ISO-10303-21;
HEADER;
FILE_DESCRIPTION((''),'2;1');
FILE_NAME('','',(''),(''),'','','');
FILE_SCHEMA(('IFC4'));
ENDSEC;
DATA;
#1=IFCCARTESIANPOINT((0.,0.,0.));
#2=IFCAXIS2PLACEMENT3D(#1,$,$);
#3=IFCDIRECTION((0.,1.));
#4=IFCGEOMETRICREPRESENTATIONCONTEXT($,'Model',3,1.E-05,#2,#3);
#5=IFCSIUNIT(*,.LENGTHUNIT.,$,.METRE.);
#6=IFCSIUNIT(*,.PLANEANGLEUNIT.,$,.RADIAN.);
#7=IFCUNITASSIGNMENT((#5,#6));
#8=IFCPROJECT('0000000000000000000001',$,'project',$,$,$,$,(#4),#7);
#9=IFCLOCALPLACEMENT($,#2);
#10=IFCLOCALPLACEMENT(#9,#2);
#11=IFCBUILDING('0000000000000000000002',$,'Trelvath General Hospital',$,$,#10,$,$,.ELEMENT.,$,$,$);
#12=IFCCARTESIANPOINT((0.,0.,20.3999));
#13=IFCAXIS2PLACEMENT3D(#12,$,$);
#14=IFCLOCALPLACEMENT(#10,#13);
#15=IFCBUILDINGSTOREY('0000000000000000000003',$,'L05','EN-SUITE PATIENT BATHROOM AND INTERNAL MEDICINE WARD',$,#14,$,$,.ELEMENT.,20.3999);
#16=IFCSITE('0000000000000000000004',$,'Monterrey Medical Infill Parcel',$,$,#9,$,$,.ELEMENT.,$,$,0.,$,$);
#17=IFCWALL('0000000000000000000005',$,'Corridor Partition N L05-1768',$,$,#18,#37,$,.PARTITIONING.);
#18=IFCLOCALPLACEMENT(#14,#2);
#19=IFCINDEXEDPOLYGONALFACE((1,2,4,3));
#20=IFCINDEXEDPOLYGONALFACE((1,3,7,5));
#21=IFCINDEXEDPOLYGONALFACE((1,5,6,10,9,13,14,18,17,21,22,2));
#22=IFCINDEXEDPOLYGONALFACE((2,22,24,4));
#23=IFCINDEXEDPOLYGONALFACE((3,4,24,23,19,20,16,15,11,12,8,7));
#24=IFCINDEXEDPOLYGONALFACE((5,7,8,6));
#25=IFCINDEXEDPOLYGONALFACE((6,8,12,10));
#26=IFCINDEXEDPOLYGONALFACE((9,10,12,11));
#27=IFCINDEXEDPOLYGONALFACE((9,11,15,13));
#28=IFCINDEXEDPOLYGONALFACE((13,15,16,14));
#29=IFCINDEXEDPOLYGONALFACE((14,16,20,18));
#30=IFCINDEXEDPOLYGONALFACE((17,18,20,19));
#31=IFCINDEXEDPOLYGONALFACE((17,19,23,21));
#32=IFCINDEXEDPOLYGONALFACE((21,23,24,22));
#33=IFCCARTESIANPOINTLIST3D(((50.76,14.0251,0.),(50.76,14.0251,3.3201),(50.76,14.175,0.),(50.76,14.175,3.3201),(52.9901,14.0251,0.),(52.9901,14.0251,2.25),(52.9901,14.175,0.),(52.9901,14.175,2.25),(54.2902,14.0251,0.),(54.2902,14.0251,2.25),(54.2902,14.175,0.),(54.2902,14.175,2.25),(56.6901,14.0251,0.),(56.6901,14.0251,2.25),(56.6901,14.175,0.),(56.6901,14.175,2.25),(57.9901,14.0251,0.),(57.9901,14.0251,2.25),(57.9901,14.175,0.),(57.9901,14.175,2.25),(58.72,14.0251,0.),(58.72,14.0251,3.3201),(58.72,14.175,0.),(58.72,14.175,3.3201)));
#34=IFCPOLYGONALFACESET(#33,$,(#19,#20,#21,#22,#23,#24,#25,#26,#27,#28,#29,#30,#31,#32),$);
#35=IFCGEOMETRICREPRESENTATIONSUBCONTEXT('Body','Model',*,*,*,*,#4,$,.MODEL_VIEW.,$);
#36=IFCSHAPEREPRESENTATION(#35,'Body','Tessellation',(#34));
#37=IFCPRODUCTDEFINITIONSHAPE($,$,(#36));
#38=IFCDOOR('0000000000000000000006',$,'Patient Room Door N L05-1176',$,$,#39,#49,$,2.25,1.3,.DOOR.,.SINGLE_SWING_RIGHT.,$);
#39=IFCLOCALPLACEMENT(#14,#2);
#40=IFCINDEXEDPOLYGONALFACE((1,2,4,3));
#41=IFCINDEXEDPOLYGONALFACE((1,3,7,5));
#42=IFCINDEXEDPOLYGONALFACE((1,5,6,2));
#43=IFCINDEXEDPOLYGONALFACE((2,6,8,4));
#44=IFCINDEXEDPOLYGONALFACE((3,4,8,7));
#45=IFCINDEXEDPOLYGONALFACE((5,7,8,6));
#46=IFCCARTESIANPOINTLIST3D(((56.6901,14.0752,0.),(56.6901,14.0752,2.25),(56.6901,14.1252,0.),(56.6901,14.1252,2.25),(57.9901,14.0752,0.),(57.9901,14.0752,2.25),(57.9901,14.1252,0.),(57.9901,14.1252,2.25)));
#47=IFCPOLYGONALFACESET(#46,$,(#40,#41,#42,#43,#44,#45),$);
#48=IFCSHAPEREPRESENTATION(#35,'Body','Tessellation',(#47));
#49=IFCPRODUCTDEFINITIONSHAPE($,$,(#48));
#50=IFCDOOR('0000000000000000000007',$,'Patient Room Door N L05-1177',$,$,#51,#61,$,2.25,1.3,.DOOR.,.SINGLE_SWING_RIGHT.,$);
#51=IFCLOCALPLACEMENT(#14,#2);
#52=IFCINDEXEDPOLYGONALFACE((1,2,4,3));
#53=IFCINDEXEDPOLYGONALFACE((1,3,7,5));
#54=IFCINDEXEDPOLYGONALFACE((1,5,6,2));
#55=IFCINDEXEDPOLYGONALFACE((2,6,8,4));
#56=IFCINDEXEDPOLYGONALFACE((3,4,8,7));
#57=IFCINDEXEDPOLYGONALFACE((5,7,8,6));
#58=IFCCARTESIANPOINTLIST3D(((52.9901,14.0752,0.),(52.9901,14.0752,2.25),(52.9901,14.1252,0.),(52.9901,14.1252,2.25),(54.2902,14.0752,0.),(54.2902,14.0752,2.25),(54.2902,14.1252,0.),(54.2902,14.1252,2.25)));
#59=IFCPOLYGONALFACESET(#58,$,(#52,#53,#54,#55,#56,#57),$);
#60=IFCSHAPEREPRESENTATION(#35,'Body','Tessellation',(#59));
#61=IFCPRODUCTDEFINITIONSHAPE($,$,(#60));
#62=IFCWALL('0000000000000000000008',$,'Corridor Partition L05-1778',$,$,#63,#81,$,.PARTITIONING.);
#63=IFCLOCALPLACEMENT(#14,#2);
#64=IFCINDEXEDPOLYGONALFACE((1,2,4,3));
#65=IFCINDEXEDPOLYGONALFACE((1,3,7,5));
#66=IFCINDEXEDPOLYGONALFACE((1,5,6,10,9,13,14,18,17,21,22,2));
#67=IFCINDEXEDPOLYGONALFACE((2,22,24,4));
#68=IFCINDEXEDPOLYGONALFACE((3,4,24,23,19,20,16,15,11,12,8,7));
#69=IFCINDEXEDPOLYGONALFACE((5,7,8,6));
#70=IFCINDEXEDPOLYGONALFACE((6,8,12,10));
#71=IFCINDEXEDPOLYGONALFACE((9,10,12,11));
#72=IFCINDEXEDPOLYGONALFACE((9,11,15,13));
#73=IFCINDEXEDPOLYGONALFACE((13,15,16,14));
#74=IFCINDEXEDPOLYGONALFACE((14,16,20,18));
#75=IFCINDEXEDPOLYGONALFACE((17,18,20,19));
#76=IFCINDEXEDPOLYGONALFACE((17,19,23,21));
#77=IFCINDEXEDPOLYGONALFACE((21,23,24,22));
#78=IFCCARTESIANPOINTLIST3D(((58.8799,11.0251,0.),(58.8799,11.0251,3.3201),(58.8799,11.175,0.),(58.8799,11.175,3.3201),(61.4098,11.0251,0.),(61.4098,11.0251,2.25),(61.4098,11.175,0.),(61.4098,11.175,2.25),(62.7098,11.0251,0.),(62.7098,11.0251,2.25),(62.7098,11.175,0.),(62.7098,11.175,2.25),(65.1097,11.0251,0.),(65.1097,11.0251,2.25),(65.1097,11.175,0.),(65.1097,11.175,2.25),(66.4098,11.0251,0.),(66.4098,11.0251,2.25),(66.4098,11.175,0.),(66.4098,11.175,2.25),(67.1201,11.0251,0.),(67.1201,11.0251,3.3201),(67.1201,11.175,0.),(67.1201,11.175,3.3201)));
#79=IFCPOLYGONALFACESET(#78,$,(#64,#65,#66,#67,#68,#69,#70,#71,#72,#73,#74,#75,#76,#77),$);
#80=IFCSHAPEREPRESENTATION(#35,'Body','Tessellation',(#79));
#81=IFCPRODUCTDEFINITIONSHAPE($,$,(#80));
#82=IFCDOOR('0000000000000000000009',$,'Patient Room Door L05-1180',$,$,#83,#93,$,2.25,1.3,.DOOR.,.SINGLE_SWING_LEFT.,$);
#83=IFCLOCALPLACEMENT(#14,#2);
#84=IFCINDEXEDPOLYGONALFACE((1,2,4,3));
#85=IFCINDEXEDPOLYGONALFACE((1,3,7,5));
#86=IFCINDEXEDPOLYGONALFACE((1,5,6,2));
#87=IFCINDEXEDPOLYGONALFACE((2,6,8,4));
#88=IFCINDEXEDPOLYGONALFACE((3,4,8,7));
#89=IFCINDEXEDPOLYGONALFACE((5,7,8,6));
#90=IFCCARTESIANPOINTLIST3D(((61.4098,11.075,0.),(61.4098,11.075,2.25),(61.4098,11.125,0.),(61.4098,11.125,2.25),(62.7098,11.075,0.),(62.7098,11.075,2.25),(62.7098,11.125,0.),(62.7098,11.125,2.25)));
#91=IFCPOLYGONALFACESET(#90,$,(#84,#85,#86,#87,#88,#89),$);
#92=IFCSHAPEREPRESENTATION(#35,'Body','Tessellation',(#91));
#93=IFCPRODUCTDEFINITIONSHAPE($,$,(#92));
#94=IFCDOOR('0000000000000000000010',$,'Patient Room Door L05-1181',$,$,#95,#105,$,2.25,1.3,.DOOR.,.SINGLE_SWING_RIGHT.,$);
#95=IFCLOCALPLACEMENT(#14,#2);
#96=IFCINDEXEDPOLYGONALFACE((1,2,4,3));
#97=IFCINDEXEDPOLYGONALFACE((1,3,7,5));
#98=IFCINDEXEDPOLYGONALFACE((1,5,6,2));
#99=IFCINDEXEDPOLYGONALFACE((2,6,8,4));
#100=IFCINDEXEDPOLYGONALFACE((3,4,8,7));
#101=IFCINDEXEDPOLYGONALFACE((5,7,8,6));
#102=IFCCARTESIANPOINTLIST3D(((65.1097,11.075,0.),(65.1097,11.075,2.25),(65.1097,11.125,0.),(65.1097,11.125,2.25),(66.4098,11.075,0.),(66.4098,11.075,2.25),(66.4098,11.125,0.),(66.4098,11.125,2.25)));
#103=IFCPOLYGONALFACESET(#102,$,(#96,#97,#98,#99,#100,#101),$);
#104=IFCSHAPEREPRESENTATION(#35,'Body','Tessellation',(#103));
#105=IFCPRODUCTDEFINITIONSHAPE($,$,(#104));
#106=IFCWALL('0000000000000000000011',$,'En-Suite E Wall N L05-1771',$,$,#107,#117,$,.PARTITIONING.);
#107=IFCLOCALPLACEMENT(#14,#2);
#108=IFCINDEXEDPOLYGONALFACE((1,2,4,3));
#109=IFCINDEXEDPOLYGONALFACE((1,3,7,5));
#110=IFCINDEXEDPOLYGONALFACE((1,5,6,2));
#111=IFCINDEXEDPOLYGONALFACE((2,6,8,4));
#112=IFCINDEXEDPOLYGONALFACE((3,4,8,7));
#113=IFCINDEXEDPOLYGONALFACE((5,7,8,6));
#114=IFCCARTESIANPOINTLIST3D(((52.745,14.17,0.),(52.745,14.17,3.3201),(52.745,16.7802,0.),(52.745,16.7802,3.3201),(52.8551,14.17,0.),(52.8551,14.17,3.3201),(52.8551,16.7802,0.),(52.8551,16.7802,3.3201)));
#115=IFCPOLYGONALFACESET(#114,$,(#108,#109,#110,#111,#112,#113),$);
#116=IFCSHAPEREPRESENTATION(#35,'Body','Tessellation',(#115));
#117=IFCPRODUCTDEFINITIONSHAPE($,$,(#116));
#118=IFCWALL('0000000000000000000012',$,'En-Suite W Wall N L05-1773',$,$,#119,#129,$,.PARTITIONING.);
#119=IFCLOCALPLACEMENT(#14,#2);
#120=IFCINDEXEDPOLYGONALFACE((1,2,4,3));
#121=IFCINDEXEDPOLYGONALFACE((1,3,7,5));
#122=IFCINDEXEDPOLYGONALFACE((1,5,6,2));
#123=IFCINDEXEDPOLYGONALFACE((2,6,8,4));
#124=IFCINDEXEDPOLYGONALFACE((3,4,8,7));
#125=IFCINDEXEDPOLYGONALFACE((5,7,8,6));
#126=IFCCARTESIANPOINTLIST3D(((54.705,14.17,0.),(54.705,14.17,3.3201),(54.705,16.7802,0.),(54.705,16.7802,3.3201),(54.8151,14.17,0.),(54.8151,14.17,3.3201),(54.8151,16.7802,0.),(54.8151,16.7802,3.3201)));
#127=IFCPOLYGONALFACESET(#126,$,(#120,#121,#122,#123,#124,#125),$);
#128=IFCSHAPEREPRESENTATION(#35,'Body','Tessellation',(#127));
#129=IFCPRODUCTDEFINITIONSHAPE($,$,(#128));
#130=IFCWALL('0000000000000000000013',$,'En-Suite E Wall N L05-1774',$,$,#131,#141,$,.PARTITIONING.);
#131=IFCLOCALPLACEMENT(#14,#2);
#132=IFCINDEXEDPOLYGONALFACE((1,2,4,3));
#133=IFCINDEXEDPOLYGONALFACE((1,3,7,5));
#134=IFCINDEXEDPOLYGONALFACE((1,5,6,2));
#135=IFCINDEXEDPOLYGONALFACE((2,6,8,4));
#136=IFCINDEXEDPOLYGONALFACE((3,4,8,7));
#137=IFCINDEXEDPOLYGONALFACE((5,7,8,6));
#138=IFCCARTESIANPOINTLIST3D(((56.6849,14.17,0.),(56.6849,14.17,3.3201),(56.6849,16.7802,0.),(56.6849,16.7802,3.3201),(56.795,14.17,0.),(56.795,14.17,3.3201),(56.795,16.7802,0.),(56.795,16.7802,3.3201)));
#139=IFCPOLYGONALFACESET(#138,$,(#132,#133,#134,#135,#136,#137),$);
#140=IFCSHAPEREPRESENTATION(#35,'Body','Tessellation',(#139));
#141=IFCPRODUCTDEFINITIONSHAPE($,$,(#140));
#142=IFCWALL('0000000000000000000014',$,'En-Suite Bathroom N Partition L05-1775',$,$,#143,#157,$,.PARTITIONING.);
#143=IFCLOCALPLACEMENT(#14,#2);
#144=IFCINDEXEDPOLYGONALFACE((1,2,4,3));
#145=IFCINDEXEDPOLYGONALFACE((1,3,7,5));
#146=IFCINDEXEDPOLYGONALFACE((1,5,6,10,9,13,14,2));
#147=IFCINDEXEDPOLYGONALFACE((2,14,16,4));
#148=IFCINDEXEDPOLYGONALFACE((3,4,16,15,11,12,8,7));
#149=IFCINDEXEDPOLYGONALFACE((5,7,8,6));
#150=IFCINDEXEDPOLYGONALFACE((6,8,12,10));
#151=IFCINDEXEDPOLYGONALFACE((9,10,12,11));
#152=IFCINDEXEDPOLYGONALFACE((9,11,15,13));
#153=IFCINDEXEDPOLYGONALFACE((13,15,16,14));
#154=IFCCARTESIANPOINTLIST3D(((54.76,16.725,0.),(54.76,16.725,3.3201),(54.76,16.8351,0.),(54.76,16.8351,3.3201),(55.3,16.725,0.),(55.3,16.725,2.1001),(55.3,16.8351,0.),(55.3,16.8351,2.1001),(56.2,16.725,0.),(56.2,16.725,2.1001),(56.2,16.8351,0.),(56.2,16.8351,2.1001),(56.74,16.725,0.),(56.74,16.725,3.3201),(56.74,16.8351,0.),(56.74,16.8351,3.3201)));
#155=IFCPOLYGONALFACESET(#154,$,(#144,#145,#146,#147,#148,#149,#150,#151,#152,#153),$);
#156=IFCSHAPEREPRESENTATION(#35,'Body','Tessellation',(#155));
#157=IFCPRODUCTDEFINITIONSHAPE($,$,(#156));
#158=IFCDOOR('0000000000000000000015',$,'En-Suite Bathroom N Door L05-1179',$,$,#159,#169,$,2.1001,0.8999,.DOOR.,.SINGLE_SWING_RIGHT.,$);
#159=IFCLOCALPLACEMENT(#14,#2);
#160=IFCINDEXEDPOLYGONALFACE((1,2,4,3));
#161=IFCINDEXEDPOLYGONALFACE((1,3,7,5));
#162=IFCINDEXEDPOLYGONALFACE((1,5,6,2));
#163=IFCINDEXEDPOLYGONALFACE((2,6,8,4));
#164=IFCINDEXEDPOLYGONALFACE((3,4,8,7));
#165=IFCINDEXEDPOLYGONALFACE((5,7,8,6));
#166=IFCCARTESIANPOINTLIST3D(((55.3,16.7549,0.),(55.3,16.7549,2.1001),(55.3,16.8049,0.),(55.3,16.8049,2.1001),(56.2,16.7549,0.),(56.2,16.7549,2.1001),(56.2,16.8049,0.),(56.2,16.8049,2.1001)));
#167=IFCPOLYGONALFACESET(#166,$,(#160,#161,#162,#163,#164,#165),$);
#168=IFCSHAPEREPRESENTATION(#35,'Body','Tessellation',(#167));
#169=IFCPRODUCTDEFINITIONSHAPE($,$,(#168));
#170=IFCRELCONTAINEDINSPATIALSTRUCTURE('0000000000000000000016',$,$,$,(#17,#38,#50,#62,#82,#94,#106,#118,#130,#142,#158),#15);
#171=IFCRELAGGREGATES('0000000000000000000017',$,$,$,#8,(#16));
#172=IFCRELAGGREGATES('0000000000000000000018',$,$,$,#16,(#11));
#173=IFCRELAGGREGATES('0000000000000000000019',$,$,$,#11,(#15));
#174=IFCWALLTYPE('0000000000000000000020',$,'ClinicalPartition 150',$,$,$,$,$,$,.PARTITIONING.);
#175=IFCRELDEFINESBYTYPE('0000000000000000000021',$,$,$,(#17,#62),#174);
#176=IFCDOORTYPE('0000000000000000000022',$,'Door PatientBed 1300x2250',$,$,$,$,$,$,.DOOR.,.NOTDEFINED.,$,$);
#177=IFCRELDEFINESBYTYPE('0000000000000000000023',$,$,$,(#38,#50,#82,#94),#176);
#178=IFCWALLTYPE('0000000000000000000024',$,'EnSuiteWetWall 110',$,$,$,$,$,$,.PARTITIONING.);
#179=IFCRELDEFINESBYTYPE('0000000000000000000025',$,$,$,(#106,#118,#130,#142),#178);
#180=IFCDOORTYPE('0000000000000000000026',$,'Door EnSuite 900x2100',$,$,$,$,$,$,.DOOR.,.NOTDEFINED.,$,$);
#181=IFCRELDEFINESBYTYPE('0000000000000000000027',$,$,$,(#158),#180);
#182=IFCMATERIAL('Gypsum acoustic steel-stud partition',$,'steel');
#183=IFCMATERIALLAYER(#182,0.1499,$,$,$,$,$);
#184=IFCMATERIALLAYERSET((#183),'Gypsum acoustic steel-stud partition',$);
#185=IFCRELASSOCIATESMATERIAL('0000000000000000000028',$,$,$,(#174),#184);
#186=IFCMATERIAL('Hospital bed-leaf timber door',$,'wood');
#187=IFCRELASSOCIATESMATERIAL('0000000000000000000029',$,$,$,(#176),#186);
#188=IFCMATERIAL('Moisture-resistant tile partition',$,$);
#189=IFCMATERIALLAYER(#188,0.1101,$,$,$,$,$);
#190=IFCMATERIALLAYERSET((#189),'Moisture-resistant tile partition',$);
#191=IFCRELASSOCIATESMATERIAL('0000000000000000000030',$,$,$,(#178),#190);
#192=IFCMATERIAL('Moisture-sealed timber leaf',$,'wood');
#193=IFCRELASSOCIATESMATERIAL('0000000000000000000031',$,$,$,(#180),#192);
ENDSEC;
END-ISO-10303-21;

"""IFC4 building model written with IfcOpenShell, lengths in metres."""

from ifc_helpers import new_model, si_unit, direction, frame, frame_2d, origin, place, context, subcontext, project, spatial, rectangle, extrude, material, layer, layer_set, type_object, element, fill, save


model = new_model("IFC4")

# Units and contexts
model_context = context("Model", 3, precision=1e-05, world=origin(), true_north=direction((0.0, 1.0)))
body_context = subcontext(model_context, "Body", "Model", "MODEL_VIEW")
ifc_project = project(units=[si_unit("LENGTHUNIT", "METRE"), si_unit("PLANEANGLEUNIT", "RADIAN")], contexts=[model_context])

# Site, building, storey
site_placement = place(None, origin())
site = spatial("IfcSite", under=ifc_project, at=site_placement, Name="Monterrey Medical Infill Parcel", CompositionType="ELEMENT", RefElevation=0.0)
building_placement = place(site_placement, origin())
building = spatial("IfcBuilding", under=site, at=building_placement, Name="Trelvath General Hospital", CompositionType="ELEMENT")
storey_placement = place(building_placement, frame((0.0, 0.0, 20.3999)))
storey = spatial("IfcBuildingStorey", under=building, at=storey_placement, Name="L05", Description="EN-SUITE PATIENT BATHROOM AND INTERNAL MEDICINE WARD", CompositionType="ELEMENT", Elevation=20.3999)

# Walls, openings, doors
ifc_material_1 = material(Name="Gypsum acoustic steel-stud partition", Category="steel")
ifc_layer_1 = layer(ifc_material_1, 0.1499)
ifc_layer_set_1 = layer_set([ifc_layer_1], Name="Gypsum acoustic steel-stud partition")
wall_type_1 = type_object("IfcWallType", Name="ClinicalPartition 150", PredefinedType="PARTITIONING", material=ifc_layer_set_1)
wall_1_placement = place(storey_placement, frame((58.72, 14.1001, 0.0), z_axis=(0.0, 0.0, 1.0), x_axis=(-1.0, 0.0, 0.0)))
wall_1 = element("IfcWall", 1, at=wall_1_placement, inside=storey, type_object=wall_type_1, Name="Corridor Partition N L05-1768", PredefinedType="PARTITIONING", context=body_context, shape_type="SweptSolid", body=[
    extrude(rectangle(XDim=7.96, YDim=0.1499, at=frame_2d((3.98, 0.0))), origin(), (0.0, 0.0, 1.0), 3.3201),
])
opening_1_placement = place(wall_1_placement, frame((0.73, 0.0, 0.0)))
opening_1 = element("IfcOpeningElement", 2, at=opening_1_placement, cuts=wall_1, PredefinedType="OPENING", context=body_context, shape_type="SweptSolid", body=[
    extrude(rectangle(XDim=1.3, YDim=2.25, at=frame_2d((0.6499, 1.125))), frame((0.0, 0.085, 0.0), z_axis=(0.0, -1.0, 0.0), x_axis=(1.0, 0.0, 0.0)), (0.0, 0.0, 1.0), 0.1699),
])
opening_2_placement = place(wall_1_placement, frame((4.4299, 0.0, 0.0)))
opening_2 = element("IfcOpeningElement", 3, at=opening_2_placement, cuts=wall_1, PredefinedType="OPENING", context=body_context, shape_type="SweptSolid", body=[
    extrude(rectangle(XDim=1.3, YDim=2.25, at=frame_2d((0.6499, 1.125))), frame((0.0, 0.085, 0.0), z_axis=(0.0, -1.0, 0.0), x_axis=(1.0, 0.0, 0.0)), (0.0, 0.0, 1.0), 0.1699),
])
ifc_material_2 = material(Name="Hospital bed-leaf timber door", Category="wood")
door_type_1 = type_object("IfcDoorType", Name="Door PatientBed 1300x2250", OperationType="NOTDEFINED", PredefinedType="DOOR", material=ifc_material_2)
door_1_placement = place(opening_1_placement, origin())
door_1 = element("IfcDoor", 4, at=door_1_placement, inside=storey, type_object=door_type_1, Name="Patient Room Door N L05-1176", OperationType="SINGLE_SWING_RIGHT", OverallHeight=2.25, OverallWidth=1.3, PredefinedType="DOOR", context=body_context, shape_type="SweptSolid", body=[
    extrude(rectangle(XDim=1.3, YDim=2.25, at=frame_2d((0.6499, 1.125))), frame((0.0, 0.0249, 0.0), z_axis=(0.0, -1.0, 0.0), x_axis=(1.0, 0.0, 0.0)), (0.0, 0.0, 1.0), 0.05),
])
fill(opening_1, door_1)
door_2_placement = place(opening_2_placement, origin())
door_2 = element("IfcDoor", 5, at=door_2_placement, inside=storey, type_object=door_type_1, Name="Patient Room Door N L05-1177", OperationType="SINGLE_SWING_RIGHT", OverallHeight=2.25, OverallWidth=1.3, PredefinedType="DOOR", context=body_context, shape_type="SweptSolid", body=[
    extrude(rectangle(XDim=1.3, YDim=2.25, at=frame_2d((0.6499, 1.125))), frame((0.0, 0.0249, 0.0), z_axis=(0.0, -1.0, 0.0), x_axis=(1.0, 0.0, 0.0)), (0.0, 0.0, 1.0), 0.05),
])
fill(opening_2, door_2)
wall_2_placement = place(storey_placement, frame((58.8799, 11.1001, 0.0), z_axis=(0.0, 0.0, 1.0), x_axis=(1.0, 0.0, 0.0)))
wall_2 = element("IfcWall", 6, at=wall_2_placement, inside=storey, type_object=wall_type_1, Name="Corridor Partition L05-1778", PredefinedType="PARTITIONING", context=body_context, shape_type="SweptSolid", body=[
    extrude(rectangle(XDim=8.2402, YDim=0.1499, at=frame_2d((4.1201, 0.0))), origin(), (0.0, 0.0, 1.0), 3.3201),
])
opening_3_placement = place(wall_2_placement, frame((2.53, 0.0, 0.0)))
opening_3 = element("IfcOpeningElement", 7, at=opening_3_placement, cuts=wall_2, PredefinedType="OPENING", context=body_context, shape_type="SweptSolid", body=[
    extrude(rectangle(XDim=1.3, YDim=2.25, at=frame_2d((0.6499, 1.125))), frame((0.0, 0.085, 0.0), z_axis=(0.0, -1.0, 0.0), x_axis=(1.0, 0.0, 0.0)), (0.0, 0.0, 1.0), 0.1699),
])
opening_4_placement = place(wall_2_placement, frame((6.23, 0.0, 0.0)))
opening_4 = element("IfcOpeningElement", 8, at=opening_4_placement, cuts=wall_2, PredefinedType="OPENING", context=body_context, shape_type="SweptSolid", body=[
    extrude(rectangle(XDim=1.3, YDim=2.25, at=frame_2d((0.6499, 1.125))), frame((0.0, 0.085, 0.0), z_axis=(0.0, -1.0, 0.0), x_axis=(1.0, 0.0, 0.0)), (0.0, 0.0, 1.0), 0.1699),
])
door_3_placement = place(opening_3_placement, origin())
door_3 = element("IfcDoor", 9, at=door_3_placement, inside=storey, type_object=door_type_1, Name="Patient Room Door L05-1180", OperationType="SINGLE_SWING_LEFT", OverallHeight=2.25, OverallWidth=1.3, PredefinedType="DOOR", context=body_context, shape_type="SweptSolid", body=[
    extrude(rectangle(XDim=1.3, YDim=2.25, at=frame_2d((0.6499, 1.125))), frame((0.0, 0.0249, 0.0), z_axis=(0.0, -1.0, 0.0), x_axis=(1.0, 0.0, 0.0)), (0.0, 0.0, 1.0), 0.05),
])
fill(opening_3, door_3)
door_4_placement = place(opening_4_placement, origin())
door_4 = element("IfcDoor", 10, at=door_4_placement, inside=storey, type_object=door_type_1, Name="Patient Room Door L05-1181", OperationType="SINGLE_SWING_RIGHT", OverallHeight=2.25, OverallWidth=1.3, PredefinedType="DOOR", context=body_context, shape_type="SweptSolid", body=[
    extrude(rectangle(XDim=1.3, YDim=2.25, at=frame_2d((0.6499, 1.125))), frame((0.0, 0.0249, 0.0), z_axis=(0.0, -1.0, 0.0), x_axis=(1.0, 0.0, 0.0)), (0.0, 0.0, 1.0), 0.05),
])
fill(opening_4, door_4)

# Walls
ifc_material_3 = material(Name="Moisture-resistant tile partition")
ifc_layer_2 = layer(ifc_material_3, 0.1101)
ifc_layer_set_2 = layer_set([ifc_layer_2], Name="Moisture-resistant tile partition")
wall_type_2 = type_object("IfcWallType", Name="EnSuiteWetWall 110", PredefinedType="PARTITIONING", material=ifc_layer_set_2)
for number, where, z_axis, x_axis, name in (
    (11, (52.8, 14.1699, 0.0), (0.0, 0.0, 1.0), (0.0, 1.0, 0.0), "En-Suite E Wall N L05-1771"),
    (12, (54.76, 14.1699, 0.0), (0.0, 0.0, 1.0), (0.0, 1.0, 0.0), "En-Suite W Wall N L05-1773"),
    (13, (56.74, 14.1699, 0.0), (0.0, 0.0, 1.0), (0.0, 1.0, 0.0), "En-Suite E Wall N L05-1774"),
):
    element("IfcWall", number, at=place(storey_placement, frame(where, z_axis=z_axis, x_axis=x_axis)), inside=storey, type_object=wall_type_2, Name=name, PredefinedType="PARTITIONING", context=body_context, shape_type="SweptSolid", body=[
        extrude(rectangle(XDim=2.6101, YDim=0.1101, at=frame_2d((1.3052, 0.0))), origin(), (0.0, 0.0, 1.0), 3.3201),
    ])

# Wall, opening, door
wall_3_placement = place(storey_placement, frame((54.76, 16.78, 0.0), z_axis=(0.0, 0.0, 1.0), x_axis=(1.0, 0.0, 0.0)))
wall_3 = element("IfcWall", 14, at=wall_3_placement, inside=storey, type_object=wall_type_2, Name="En-Suite Bathroom N Partition L05-1775", PredefinedType="PARTITIONING", context=body_context, shape_type="SweptSolid", body=[
    extrude(rectangle(XDim=1.98, YDim=0.1101, at=frame_2d((0.99, 0.0))), origin(), (0.0, 0.0, 1.0), 3.3201),
])
opening_5_placement = place(wall_3_placement, frame((0.54, 0.0, 0.0)))
opening_5 = element("IfcOpeningElement", 15, at=opening_5_placement, cuts=wall_3, PredefinedType="OPENING", context=body_context, shape_type="SweptSolid", body=[
    extrude(rectangle(XDim=0.8999, YDim=2.1001, at=frame_2d((0.45, 1.05))), frame((0.0, 0.0649, 0.0), z_axis=(0.0, -1.0, 0.0), x_axis=(1.0, 0.0, 0.0)), (0.0, 0.0, 1.0), 0.1301),
])
ifc_material_4 = material(Name="Moisture-sealed timber leaf", Category="wood")
door_type_2 = type_object("IfcDoorType", Name="Door EnSuite 900x2100", OperationType="NOTDEFINED", PredefinedType="DOOR", material=ifc_material_4)
door_5_placement = place(opening_5_placement, origin())
door_5 = element("IfcDoor", 16, at=door_5_placement, inside=storey, type_object=door_type_2, Name="En-Suite Bathroom N Door L05-1179", OperationType="SINGLE_SWING_RIGHT", OverallHeight=2.1001, OverallWidth=0.8999, PredefinedType="DOOR", context=body_context, shape_type="SweptSolid", body=[
    extrude(rectangle(XDim=0.8999, YDim=2.1001, at=frame_2d((0.45, 1.05))), frame((0.0, 0.0249, 0.0), z_axis=(0.0, -1.0, 0.0), x_axis=(1.0, 0.0, 0.0)), (0.0, 0.0, 1.0), 0.05),
])
fill(opening_5, door_5)

save(model, "model.ifc")
